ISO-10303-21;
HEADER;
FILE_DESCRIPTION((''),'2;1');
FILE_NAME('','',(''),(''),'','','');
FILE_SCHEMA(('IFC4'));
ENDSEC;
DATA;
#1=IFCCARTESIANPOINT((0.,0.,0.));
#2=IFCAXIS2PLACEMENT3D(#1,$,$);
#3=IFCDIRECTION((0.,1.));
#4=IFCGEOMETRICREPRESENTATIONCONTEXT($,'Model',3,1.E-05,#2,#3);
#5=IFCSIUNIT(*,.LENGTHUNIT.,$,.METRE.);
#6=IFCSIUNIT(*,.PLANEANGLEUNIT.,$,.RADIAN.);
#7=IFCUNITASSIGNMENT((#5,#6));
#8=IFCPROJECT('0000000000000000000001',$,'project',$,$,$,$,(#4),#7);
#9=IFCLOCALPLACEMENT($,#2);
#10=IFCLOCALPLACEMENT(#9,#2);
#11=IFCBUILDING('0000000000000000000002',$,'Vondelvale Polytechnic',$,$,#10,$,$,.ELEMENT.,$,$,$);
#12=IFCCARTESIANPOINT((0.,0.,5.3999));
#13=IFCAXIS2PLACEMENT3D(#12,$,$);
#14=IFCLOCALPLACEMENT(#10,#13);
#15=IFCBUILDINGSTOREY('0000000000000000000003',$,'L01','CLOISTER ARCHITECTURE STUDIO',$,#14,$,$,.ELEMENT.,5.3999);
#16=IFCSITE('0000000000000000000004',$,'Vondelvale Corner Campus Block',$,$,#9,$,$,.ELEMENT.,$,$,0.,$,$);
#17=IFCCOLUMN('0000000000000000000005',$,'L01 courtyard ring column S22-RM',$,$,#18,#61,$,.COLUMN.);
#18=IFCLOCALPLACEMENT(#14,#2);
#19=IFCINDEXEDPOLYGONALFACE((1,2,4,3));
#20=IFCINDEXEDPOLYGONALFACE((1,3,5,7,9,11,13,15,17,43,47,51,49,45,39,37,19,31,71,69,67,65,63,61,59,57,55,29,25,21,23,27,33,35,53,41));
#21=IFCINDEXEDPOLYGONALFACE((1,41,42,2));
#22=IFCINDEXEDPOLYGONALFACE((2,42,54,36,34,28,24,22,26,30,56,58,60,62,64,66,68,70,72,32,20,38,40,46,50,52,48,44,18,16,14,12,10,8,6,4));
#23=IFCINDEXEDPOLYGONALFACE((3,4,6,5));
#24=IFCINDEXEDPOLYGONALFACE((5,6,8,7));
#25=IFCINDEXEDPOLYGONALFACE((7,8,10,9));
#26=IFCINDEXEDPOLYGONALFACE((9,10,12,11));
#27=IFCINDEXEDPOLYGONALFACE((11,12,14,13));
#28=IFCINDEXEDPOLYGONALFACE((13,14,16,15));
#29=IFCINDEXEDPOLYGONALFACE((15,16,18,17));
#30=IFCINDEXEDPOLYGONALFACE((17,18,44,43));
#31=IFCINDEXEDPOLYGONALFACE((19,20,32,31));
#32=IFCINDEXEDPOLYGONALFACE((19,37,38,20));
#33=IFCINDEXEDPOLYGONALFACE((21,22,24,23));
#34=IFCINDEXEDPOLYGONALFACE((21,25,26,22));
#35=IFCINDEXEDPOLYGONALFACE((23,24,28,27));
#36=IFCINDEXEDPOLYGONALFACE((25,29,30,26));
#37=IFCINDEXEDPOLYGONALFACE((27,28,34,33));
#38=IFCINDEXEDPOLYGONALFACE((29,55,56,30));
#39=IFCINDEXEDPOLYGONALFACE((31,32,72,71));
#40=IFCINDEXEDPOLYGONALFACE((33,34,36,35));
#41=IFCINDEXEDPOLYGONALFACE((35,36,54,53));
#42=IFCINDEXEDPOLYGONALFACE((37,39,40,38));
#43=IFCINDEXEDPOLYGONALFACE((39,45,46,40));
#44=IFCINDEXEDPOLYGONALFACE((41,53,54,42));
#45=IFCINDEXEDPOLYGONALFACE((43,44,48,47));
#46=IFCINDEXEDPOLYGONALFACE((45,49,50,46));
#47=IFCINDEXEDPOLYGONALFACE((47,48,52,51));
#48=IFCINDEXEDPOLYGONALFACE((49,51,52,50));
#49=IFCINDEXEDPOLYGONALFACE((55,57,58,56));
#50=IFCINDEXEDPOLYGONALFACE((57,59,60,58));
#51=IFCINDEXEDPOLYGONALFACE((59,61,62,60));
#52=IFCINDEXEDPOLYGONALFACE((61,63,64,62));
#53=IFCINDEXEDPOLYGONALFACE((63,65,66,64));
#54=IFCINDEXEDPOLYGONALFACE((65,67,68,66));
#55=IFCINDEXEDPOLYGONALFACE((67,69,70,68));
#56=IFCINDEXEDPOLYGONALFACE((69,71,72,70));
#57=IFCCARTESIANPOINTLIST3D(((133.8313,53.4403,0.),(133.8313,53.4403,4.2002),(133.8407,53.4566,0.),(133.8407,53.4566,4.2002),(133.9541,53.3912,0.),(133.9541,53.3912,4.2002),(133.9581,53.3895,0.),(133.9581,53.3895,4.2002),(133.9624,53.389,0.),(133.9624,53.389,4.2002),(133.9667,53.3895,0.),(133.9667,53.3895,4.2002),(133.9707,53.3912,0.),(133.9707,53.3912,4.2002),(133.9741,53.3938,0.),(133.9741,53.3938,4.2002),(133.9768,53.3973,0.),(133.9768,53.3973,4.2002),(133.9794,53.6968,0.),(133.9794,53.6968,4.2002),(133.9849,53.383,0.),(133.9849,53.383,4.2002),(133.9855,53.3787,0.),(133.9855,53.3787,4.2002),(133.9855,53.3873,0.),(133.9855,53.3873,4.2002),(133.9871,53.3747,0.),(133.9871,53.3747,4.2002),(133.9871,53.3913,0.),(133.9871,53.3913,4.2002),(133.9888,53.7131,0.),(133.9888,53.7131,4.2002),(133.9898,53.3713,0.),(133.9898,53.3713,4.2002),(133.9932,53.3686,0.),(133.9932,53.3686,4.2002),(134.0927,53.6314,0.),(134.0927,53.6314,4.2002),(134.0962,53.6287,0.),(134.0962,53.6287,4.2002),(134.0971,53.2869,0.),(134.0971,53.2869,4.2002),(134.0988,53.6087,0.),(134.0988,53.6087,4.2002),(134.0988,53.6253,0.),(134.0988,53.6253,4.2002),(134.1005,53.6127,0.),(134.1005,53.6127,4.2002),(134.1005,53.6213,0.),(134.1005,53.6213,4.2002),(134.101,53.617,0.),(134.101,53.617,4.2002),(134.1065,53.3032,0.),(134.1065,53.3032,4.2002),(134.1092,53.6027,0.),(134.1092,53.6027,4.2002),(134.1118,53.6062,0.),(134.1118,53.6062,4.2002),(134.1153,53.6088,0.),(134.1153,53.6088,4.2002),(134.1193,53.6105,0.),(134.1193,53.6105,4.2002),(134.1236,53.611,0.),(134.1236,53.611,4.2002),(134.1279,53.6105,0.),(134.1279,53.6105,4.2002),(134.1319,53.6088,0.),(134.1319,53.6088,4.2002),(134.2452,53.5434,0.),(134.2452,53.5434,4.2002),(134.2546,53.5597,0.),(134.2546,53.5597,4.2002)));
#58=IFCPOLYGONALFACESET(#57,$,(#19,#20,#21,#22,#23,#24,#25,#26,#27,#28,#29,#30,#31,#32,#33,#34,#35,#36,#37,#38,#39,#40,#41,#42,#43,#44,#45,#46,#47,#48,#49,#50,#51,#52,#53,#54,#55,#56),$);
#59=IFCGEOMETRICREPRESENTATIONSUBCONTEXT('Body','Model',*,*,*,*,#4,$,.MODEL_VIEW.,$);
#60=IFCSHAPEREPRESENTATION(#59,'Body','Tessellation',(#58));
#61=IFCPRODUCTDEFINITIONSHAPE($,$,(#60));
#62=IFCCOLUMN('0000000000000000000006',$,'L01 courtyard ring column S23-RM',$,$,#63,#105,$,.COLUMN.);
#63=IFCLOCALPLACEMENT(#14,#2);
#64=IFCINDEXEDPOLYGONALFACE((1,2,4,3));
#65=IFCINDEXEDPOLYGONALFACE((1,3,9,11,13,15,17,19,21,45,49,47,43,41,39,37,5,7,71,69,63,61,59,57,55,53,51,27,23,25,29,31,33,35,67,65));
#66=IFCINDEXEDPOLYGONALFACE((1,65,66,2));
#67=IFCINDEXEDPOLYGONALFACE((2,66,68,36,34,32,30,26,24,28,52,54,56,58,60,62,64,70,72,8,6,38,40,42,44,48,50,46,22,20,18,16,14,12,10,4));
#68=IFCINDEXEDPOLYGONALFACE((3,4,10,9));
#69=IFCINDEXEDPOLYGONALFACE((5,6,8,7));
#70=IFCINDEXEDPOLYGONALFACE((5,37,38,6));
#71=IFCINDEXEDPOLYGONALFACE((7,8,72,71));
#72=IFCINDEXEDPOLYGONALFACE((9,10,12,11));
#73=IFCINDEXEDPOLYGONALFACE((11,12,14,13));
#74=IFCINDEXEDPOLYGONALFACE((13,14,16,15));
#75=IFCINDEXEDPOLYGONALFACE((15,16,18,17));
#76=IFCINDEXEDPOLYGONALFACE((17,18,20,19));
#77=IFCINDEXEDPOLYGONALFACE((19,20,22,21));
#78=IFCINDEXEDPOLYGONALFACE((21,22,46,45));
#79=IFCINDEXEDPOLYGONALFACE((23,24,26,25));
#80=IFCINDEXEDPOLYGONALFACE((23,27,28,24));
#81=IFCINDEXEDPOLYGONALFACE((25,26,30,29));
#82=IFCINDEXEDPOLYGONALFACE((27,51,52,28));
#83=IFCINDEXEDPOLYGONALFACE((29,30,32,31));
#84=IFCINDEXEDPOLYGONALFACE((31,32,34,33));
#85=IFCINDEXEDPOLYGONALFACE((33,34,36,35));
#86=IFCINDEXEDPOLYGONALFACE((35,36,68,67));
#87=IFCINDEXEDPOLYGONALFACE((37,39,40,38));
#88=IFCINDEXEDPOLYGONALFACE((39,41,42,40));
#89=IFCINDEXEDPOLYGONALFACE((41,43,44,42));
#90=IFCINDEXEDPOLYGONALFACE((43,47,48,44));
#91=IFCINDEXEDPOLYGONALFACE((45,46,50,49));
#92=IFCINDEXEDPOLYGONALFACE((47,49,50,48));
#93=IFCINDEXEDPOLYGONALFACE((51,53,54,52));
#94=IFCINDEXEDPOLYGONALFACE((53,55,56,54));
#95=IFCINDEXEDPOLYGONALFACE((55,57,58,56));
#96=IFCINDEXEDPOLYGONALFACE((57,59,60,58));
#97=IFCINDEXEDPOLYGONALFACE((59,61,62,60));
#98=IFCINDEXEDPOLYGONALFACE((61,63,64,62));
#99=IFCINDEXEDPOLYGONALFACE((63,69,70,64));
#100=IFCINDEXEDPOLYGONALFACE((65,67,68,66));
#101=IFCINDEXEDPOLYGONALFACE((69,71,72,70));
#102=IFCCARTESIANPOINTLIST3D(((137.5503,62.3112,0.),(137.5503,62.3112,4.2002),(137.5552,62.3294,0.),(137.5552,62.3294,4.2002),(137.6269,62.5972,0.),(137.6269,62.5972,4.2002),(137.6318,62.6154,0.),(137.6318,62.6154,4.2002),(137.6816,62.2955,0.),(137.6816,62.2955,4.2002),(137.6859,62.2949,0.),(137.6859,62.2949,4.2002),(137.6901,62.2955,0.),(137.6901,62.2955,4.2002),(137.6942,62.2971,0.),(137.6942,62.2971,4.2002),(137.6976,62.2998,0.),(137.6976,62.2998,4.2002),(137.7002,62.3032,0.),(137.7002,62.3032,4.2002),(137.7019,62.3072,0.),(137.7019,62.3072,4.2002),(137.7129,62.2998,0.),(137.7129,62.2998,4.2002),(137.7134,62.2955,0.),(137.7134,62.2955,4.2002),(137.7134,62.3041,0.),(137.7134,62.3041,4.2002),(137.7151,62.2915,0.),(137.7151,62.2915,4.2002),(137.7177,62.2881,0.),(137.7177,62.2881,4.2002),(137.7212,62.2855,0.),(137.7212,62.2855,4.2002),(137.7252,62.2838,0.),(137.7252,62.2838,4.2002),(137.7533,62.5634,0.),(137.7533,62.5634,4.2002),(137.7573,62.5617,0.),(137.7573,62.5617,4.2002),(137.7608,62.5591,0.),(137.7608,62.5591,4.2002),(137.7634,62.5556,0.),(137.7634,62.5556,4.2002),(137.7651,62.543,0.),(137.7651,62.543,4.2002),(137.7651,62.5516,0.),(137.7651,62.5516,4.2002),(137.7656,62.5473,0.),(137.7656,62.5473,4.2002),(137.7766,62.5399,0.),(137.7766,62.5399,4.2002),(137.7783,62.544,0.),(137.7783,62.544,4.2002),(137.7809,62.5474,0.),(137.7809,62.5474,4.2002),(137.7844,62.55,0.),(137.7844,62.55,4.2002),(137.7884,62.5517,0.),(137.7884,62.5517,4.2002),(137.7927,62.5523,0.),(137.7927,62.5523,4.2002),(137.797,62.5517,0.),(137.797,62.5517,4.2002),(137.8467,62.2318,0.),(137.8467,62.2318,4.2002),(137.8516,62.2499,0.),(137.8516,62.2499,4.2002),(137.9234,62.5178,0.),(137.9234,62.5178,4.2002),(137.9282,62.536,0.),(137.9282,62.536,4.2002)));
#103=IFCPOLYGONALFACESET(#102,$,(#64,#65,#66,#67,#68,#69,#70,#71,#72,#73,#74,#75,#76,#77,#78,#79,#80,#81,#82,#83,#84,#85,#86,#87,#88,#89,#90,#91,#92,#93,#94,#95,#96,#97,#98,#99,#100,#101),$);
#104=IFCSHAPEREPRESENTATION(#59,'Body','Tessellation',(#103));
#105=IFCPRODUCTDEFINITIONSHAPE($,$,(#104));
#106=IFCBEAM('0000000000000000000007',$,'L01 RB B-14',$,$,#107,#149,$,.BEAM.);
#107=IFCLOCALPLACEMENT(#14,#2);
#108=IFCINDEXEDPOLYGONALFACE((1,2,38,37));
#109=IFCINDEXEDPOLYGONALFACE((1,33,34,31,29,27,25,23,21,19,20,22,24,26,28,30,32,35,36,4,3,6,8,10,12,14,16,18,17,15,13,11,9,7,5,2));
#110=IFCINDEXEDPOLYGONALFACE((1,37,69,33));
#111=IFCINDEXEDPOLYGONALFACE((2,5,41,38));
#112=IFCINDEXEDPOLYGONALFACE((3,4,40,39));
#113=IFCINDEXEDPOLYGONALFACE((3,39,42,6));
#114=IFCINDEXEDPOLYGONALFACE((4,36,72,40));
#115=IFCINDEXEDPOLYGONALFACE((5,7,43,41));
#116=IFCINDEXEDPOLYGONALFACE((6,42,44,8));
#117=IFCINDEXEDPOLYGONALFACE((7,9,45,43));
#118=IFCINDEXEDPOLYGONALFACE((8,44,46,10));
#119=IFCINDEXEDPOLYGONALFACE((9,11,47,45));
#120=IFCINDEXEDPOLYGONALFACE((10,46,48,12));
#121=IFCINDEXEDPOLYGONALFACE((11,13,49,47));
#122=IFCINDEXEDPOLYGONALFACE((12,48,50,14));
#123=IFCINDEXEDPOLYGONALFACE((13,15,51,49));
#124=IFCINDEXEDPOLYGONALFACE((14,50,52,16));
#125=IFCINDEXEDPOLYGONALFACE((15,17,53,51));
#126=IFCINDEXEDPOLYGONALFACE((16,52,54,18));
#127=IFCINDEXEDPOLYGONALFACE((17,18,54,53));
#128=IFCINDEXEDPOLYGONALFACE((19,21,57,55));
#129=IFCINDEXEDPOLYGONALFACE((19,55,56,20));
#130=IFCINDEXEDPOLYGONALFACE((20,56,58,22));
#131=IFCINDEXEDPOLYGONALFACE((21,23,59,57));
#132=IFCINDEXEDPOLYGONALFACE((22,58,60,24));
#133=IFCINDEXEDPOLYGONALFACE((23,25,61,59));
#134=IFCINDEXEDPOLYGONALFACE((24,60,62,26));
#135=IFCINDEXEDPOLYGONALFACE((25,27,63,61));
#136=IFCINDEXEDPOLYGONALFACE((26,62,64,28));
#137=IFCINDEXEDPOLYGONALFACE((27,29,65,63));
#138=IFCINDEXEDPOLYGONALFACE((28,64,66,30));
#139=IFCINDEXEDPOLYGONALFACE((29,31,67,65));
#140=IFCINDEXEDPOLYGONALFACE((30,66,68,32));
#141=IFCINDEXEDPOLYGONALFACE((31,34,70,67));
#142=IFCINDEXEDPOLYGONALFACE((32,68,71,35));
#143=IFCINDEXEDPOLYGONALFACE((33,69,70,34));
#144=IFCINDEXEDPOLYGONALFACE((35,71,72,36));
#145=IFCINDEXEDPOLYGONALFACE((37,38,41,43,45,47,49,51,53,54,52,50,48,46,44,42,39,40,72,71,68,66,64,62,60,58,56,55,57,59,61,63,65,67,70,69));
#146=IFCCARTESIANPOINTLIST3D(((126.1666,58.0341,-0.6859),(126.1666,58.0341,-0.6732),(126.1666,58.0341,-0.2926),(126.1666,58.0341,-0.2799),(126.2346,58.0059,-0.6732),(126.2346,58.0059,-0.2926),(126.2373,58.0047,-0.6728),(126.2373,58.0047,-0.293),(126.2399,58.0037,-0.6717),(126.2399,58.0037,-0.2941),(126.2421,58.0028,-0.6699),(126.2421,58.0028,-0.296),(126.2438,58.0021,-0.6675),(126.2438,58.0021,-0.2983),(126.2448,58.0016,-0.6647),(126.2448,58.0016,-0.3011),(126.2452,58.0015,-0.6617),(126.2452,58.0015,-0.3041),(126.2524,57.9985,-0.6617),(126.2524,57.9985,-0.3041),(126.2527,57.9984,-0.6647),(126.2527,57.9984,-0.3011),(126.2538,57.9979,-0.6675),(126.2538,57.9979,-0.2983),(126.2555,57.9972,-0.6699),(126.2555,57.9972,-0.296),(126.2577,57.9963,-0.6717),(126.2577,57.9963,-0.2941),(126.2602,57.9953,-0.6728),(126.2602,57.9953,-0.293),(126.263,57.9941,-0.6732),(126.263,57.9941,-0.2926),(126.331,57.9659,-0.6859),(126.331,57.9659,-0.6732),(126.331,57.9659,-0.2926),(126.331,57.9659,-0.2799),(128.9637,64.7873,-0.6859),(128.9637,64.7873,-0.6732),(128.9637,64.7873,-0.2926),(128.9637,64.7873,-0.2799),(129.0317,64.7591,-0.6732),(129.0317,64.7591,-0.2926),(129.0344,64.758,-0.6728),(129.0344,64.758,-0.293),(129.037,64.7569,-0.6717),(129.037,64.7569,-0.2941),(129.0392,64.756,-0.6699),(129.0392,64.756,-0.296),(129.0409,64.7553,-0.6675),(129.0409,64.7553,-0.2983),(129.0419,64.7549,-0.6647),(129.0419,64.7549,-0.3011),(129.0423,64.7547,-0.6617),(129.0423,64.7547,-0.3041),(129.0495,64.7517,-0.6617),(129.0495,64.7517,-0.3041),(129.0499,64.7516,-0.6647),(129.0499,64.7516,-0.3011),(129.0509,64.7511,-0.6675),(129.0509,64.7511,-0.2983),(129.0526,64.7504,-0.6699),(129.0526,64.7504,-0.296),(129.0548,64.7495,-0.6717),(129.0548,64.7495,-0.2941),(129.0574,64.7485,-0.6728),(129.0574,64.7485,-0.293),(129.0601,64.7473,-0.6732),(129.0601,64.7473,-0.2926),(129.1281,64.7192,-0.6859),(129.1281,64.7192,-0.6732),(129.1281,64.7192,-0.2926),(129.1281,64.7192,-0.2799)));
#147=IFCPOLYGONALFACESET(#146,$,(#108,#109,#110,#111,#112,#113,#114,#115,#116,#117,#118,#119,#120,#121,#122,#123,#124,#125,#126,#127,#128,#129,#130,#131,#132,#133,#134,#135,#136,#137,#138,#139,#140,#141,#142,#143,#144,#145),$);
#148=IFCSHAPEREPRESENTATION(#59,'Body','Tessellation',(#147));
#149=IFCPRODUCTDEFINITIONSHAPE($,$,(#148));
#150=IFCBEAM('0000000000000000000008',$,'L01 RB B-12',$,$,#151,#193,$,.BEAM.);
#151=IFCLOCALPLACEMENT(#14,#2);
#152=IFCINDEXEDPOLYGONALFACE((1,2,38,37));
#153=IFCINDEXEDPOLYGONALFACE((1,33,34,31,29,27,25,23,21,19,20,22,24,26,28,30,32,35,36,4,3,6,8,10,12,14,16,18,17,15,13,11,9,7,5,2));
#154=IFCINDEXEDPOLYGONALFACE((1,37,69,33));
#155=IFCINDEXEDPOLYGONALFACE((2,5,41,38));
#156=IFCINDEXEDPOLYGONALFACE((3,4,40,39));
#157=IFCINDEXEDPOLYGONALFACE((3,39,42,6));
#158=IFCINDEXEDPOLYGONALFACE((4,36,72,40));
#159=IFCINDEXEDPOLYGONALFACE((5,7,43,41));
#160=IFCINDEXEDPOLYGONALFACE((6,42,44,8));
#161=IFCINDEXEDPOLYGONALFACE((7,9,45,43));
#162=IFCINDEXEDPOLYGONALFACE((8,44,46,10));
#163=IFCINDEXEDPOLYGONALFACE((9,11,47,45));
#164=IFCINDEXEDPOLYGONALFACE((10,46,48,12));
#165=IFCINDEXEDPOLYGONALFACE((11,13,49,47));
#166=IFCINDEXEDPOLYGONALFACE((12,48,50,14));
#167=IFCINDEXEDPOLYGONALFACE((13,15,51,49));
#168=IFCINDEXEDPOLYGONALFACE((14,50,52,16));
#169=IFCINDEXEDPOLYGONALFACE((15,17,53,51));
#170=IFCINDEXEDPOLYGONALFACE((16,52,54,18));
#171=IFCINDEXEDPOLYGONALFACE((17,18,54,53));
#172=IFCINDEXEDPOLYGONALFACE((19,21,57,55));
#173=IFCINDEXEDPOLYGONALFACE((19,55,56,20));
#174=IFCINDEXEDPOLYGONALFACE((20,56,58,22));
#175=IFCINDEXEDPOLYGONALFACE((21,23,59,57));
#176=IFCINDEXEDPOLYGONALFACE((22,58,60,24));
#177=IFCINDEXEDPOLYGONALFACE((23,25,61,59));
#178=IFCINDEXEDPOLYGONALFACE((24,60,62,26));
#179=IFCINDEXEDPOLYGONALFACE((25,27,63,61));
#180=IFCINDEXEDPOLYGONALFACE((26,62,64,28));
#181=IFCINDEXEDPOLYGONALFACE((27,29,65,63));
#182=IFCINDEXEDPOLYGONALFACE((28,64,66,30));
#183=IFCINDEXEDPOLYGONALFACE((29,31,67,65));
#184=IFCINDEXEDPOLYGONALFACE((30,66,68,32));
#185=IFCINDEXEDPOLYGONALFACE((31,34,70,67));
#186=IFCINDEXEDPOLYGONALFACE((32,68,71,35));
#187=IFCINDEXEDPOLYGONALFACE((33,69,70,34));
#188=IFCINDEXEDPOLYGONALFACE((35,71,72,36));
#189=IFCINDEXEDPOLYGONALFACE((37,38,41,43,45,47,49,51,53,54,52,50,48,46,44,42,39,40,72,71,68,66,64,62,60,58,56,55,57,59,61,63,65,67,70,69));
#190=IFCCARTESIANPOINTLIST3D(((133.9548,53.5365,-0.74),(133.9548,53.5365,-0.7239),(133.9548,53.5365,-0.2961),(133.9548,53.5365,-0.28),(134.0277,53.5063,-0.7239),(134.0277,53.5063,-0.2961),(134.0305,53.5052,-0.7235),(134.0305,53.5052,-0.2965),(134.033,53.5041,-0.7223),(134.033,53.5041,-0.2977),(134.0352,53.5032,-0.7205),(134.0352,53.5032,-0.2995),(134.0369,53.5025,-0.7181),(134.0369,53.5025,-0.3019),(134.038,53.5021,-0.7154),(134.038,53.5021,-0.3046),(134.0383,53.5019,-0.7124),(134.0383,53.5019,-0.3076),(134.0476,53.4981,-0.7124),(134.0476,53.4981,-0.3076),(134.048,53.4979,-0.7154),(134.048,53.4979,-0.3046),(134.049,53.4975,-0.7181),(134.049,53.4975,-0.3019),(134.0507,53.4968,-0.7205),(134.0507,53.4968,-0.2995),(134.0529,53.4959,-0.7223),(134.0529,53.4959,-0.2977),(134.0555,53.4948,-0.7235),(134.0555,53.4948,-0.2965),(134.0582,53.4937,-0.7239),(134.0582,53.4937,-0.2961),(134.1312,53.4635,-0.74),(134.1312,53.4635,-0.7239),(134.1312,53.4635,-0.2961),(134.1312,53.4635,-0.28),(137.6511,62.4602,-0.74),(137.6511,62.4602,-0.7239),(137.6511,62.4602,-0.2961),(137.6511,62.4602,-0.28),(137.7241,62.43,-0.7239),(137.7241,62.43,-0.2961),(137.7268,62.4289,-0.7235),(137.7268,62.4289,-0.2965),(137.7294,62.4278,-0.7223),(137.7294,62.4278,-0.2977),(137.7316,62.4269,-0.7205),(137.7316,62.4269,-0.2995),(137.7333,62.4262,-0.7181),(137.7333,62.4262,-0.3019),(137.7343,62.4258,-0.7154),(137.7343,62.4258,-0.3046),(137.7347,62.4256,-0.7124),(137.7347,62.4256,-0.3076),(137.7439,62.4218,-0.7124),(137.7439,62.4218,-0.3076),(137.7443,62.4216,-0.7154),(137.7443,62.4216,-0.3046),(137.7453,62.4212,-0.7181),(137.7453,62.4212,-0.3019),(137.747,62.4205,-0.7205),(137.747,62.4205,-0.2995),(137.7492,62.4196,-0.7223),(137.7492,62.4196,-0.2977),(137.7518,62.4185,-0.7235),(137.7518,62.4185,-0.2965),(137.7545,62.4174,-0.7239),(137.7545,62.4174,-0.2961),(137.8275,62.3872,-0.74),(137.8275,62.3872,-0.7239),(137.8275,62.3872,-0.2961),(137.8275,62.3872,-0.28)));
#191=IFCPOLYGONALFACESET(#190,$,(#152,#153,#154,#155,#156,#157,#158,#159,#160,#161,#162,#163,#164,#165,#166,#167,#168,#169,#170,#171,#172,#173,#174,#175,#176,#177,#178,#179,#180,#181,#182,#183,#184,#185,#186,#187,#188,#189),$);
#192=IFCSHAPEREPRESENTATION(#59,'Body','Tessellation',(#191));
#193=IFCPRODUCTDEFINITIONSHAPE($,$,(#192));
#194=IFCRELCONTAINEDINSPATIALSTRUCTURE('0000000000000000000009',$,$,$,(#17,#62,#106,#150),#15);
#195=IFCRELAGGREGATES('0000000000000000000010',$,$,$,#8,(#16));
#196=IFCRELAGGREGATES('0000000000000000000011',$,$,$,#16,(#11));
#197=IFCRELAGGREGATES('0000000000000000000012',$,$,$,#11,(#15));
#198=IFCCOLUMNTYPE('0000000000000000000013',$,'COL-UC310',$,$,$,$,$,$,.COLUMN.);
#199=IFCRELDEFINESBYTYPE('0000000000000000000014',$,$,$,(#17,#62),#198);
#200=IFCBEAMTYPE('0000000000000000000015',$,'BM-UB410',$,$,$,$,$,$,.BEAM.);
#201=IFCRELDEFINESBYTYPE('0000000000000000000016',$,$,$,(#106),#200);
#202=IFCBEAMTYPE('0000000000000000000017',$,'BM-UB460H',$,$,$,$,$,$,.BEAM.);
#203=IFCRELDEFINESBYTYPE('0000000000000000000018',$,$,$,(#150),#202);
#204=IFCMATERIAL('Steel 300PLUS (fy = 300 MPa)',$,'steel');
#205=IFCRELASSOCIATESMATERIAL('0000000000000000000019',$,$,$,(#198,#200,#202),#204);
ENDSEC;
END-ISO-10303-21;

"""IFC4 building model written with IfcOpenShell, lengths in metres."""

from ifc_helpers import new_model, si_unit, direction, frame, origin, origin_2d, place, context, subcontext, project, spatial, i_section, extrude, material, material_profile, profile_set, type_object, element, save


model = new_model("IFC4")

# Units and contexts
model_context = context("Model", 3, precision=1e-05, world=origin(), true_north=direction((0.0, 1.0)))
body_context = subcontext(model_context, "Body", "Model", "MODEL_VIEW")
ifc_project = project(units=[si_unit("LENGTHUNIT", "METRE"), si_unit("PLANEANGLEUNIT", "RADIAN")], contexts=[model_context])

# Site, building, storey
site_placement = place(None, origin())
site = spatial("IfcSite", under=ifc_project, at=site_placement, Name="Vondelvale Corner Campus Block", CompositionType="ELEMENT", RefElevation=0.0)
building_placement = place(site_placement, origin())
building = spatial("IfcBuilding", under=site, at=building_placement, Name="Vondelvale Polytechnic", CompositionType="ELEMENT")
storey_placement = place(building_placement, frame((0.0, 0.0, 5.3999)))
storey = spatial("IfcBuildingStorey", under=building, at=storey_placement, Name="L01", Description="CLOISTER ARCHITECTURE STUDIO", CompositionType="ELEMENT", Elevation=5.3999)

# Columns
ifc_material_1 = material(Name="Steel 300PLUS (fy = 300 MPa)", Category="steel")
ifc_material_profile_1 = material_profile(ifc_material_1, i_section(OverallWidth=0.3069, OverallDepth=0.3149, WebThickness=0.012, FlangeThickness=0.0188, FilletRadius=0.0166, at=origin_2d()), Name="310UC118")
ifc_profile_set_1 = profile_set([ifc_material_profile_1], Name="Steel 300PLUS (fy = 300 MPa)")
column_type_1 = type_object("IfcColumnType", Name="COL-UC310", PredefinedType="COLUMN", material=ifc_profile_set_1)
for number, where, z_axis, x_axis, name in (
    (1, (134.043, 53.5, 0.0), (0.0, 0.0, 1.0), (-0.866025, 0.5, 0.0), "L01 courtyard ring column S22-RM"),
    (2, (137.7393, 62.4236, 0.0), (0.0, 0.0, 1.0), (-0.965926, 0.258819, 0.0), "L01 courtyard ring column S23-RM"),
):
    element("IfcColumn", number, at=place(storey_placement, frame(where, z_axis=z_axis, x_axis=x_axis)), inside=storey, type_object=column_type_1, Name=name, PredefinedType="COLUMN", context=body_context, shape_type="SweptSolid", body=[
        extrude(i_section(OverallWidth=0.3069, OverallDepth=0.3149, WebThickness=0.012, FlangeThickness=0.0188, FilletRadius=0.0166, at=origin_2d()), origin(), (0.0, 0.0, 1.0), 4.2002),
    ])

# Beams
ifc_material_profile_2 = material_profile(ifc_material_1, i_section(OverallWidth=0.178, OverallDepth=0.406, WebThickness=0.0078, FlangeThickness=0.0127, FilletRadius=0.0115, at=origin_2d()), Name="410UB59.7")
ifc_profile_set_2 = profile_set([ifc_material_profile_2], Name="Steel 300PLUS (fy = 300 MPa)")
beam_type_1 = type_object("IfcBeamType", Name="BM-UB410", PredefinedType="BEAM", material=ifc_profile_set_2)
beam_1_placement = place(storey_placement, frame((126.2488, 58.0, -0.4829), z_axis=(0.382667, 0.923886, 0.0), x_axis=(-0.923886, 0.382667, 0.0)))
element("IfcBeam", 3, at=beam_1_placement, inside=storey, type_object=beam_type_1, Name="L01 RB B-14", PredefinedType="BEAM", context=body_context, shape_type="SweptSolid", body=[
    extrude(i_section(OverallWidth=0.178, OverallDepth=0.406, WebThickness=0.0078, FlangeThickness=0.0127, FilletRadius=0.0115, at=origin_2d()), origin(), (0.0, 0.0, 1.0), 7.3096),
])
ifc_material_profile_3 = material_profile(ifc_material_1, i_section(OverallWidth=0.1909, OverallDepth=0.46, WebThickness=0.01, FlangeThickness=0.0161, FilletRadius=0.0115, at=origin_2d()), Name="460UB82.1")
ifc_profile_set_3 = profile_set([ifc_material_profile_3], Name="Steel 300PLUS (fy = 300 MPa)")
beam_type_2 = type_object("IfcBeamType", Name="BM-UB460H", PredefinedType="BEAM", material=ifc_profile_set_3)
for number, where, z_axis, x_axis, name in (
    (4, (134.043, 53.5, -0.51), (0.382685, 0.923879, 0.0), (-0.923879, 0.382685, 0.0), "L01 RB B-12"),
):
    element("IfcBeam", number, at=place(storey_placement, frame(where, z_axis=z_axis, x_axis=x_axis)), inside=storey, type_object=beam_type_2, Name=name, PredefinedType="BEAM", context=body_context, shape_type="SweptSolid", body=[
        extrude(i_section(OverallWidth=0.1909, OverallDepth=0.46, WebThickness=0.01, FlangeThickness=0.0161, FilletRadius=0.0115, at=origin_2d()), origin(), (0.0, 0.0, 1.0), 9.6589),
    ])

save(model, "model.ifc")
